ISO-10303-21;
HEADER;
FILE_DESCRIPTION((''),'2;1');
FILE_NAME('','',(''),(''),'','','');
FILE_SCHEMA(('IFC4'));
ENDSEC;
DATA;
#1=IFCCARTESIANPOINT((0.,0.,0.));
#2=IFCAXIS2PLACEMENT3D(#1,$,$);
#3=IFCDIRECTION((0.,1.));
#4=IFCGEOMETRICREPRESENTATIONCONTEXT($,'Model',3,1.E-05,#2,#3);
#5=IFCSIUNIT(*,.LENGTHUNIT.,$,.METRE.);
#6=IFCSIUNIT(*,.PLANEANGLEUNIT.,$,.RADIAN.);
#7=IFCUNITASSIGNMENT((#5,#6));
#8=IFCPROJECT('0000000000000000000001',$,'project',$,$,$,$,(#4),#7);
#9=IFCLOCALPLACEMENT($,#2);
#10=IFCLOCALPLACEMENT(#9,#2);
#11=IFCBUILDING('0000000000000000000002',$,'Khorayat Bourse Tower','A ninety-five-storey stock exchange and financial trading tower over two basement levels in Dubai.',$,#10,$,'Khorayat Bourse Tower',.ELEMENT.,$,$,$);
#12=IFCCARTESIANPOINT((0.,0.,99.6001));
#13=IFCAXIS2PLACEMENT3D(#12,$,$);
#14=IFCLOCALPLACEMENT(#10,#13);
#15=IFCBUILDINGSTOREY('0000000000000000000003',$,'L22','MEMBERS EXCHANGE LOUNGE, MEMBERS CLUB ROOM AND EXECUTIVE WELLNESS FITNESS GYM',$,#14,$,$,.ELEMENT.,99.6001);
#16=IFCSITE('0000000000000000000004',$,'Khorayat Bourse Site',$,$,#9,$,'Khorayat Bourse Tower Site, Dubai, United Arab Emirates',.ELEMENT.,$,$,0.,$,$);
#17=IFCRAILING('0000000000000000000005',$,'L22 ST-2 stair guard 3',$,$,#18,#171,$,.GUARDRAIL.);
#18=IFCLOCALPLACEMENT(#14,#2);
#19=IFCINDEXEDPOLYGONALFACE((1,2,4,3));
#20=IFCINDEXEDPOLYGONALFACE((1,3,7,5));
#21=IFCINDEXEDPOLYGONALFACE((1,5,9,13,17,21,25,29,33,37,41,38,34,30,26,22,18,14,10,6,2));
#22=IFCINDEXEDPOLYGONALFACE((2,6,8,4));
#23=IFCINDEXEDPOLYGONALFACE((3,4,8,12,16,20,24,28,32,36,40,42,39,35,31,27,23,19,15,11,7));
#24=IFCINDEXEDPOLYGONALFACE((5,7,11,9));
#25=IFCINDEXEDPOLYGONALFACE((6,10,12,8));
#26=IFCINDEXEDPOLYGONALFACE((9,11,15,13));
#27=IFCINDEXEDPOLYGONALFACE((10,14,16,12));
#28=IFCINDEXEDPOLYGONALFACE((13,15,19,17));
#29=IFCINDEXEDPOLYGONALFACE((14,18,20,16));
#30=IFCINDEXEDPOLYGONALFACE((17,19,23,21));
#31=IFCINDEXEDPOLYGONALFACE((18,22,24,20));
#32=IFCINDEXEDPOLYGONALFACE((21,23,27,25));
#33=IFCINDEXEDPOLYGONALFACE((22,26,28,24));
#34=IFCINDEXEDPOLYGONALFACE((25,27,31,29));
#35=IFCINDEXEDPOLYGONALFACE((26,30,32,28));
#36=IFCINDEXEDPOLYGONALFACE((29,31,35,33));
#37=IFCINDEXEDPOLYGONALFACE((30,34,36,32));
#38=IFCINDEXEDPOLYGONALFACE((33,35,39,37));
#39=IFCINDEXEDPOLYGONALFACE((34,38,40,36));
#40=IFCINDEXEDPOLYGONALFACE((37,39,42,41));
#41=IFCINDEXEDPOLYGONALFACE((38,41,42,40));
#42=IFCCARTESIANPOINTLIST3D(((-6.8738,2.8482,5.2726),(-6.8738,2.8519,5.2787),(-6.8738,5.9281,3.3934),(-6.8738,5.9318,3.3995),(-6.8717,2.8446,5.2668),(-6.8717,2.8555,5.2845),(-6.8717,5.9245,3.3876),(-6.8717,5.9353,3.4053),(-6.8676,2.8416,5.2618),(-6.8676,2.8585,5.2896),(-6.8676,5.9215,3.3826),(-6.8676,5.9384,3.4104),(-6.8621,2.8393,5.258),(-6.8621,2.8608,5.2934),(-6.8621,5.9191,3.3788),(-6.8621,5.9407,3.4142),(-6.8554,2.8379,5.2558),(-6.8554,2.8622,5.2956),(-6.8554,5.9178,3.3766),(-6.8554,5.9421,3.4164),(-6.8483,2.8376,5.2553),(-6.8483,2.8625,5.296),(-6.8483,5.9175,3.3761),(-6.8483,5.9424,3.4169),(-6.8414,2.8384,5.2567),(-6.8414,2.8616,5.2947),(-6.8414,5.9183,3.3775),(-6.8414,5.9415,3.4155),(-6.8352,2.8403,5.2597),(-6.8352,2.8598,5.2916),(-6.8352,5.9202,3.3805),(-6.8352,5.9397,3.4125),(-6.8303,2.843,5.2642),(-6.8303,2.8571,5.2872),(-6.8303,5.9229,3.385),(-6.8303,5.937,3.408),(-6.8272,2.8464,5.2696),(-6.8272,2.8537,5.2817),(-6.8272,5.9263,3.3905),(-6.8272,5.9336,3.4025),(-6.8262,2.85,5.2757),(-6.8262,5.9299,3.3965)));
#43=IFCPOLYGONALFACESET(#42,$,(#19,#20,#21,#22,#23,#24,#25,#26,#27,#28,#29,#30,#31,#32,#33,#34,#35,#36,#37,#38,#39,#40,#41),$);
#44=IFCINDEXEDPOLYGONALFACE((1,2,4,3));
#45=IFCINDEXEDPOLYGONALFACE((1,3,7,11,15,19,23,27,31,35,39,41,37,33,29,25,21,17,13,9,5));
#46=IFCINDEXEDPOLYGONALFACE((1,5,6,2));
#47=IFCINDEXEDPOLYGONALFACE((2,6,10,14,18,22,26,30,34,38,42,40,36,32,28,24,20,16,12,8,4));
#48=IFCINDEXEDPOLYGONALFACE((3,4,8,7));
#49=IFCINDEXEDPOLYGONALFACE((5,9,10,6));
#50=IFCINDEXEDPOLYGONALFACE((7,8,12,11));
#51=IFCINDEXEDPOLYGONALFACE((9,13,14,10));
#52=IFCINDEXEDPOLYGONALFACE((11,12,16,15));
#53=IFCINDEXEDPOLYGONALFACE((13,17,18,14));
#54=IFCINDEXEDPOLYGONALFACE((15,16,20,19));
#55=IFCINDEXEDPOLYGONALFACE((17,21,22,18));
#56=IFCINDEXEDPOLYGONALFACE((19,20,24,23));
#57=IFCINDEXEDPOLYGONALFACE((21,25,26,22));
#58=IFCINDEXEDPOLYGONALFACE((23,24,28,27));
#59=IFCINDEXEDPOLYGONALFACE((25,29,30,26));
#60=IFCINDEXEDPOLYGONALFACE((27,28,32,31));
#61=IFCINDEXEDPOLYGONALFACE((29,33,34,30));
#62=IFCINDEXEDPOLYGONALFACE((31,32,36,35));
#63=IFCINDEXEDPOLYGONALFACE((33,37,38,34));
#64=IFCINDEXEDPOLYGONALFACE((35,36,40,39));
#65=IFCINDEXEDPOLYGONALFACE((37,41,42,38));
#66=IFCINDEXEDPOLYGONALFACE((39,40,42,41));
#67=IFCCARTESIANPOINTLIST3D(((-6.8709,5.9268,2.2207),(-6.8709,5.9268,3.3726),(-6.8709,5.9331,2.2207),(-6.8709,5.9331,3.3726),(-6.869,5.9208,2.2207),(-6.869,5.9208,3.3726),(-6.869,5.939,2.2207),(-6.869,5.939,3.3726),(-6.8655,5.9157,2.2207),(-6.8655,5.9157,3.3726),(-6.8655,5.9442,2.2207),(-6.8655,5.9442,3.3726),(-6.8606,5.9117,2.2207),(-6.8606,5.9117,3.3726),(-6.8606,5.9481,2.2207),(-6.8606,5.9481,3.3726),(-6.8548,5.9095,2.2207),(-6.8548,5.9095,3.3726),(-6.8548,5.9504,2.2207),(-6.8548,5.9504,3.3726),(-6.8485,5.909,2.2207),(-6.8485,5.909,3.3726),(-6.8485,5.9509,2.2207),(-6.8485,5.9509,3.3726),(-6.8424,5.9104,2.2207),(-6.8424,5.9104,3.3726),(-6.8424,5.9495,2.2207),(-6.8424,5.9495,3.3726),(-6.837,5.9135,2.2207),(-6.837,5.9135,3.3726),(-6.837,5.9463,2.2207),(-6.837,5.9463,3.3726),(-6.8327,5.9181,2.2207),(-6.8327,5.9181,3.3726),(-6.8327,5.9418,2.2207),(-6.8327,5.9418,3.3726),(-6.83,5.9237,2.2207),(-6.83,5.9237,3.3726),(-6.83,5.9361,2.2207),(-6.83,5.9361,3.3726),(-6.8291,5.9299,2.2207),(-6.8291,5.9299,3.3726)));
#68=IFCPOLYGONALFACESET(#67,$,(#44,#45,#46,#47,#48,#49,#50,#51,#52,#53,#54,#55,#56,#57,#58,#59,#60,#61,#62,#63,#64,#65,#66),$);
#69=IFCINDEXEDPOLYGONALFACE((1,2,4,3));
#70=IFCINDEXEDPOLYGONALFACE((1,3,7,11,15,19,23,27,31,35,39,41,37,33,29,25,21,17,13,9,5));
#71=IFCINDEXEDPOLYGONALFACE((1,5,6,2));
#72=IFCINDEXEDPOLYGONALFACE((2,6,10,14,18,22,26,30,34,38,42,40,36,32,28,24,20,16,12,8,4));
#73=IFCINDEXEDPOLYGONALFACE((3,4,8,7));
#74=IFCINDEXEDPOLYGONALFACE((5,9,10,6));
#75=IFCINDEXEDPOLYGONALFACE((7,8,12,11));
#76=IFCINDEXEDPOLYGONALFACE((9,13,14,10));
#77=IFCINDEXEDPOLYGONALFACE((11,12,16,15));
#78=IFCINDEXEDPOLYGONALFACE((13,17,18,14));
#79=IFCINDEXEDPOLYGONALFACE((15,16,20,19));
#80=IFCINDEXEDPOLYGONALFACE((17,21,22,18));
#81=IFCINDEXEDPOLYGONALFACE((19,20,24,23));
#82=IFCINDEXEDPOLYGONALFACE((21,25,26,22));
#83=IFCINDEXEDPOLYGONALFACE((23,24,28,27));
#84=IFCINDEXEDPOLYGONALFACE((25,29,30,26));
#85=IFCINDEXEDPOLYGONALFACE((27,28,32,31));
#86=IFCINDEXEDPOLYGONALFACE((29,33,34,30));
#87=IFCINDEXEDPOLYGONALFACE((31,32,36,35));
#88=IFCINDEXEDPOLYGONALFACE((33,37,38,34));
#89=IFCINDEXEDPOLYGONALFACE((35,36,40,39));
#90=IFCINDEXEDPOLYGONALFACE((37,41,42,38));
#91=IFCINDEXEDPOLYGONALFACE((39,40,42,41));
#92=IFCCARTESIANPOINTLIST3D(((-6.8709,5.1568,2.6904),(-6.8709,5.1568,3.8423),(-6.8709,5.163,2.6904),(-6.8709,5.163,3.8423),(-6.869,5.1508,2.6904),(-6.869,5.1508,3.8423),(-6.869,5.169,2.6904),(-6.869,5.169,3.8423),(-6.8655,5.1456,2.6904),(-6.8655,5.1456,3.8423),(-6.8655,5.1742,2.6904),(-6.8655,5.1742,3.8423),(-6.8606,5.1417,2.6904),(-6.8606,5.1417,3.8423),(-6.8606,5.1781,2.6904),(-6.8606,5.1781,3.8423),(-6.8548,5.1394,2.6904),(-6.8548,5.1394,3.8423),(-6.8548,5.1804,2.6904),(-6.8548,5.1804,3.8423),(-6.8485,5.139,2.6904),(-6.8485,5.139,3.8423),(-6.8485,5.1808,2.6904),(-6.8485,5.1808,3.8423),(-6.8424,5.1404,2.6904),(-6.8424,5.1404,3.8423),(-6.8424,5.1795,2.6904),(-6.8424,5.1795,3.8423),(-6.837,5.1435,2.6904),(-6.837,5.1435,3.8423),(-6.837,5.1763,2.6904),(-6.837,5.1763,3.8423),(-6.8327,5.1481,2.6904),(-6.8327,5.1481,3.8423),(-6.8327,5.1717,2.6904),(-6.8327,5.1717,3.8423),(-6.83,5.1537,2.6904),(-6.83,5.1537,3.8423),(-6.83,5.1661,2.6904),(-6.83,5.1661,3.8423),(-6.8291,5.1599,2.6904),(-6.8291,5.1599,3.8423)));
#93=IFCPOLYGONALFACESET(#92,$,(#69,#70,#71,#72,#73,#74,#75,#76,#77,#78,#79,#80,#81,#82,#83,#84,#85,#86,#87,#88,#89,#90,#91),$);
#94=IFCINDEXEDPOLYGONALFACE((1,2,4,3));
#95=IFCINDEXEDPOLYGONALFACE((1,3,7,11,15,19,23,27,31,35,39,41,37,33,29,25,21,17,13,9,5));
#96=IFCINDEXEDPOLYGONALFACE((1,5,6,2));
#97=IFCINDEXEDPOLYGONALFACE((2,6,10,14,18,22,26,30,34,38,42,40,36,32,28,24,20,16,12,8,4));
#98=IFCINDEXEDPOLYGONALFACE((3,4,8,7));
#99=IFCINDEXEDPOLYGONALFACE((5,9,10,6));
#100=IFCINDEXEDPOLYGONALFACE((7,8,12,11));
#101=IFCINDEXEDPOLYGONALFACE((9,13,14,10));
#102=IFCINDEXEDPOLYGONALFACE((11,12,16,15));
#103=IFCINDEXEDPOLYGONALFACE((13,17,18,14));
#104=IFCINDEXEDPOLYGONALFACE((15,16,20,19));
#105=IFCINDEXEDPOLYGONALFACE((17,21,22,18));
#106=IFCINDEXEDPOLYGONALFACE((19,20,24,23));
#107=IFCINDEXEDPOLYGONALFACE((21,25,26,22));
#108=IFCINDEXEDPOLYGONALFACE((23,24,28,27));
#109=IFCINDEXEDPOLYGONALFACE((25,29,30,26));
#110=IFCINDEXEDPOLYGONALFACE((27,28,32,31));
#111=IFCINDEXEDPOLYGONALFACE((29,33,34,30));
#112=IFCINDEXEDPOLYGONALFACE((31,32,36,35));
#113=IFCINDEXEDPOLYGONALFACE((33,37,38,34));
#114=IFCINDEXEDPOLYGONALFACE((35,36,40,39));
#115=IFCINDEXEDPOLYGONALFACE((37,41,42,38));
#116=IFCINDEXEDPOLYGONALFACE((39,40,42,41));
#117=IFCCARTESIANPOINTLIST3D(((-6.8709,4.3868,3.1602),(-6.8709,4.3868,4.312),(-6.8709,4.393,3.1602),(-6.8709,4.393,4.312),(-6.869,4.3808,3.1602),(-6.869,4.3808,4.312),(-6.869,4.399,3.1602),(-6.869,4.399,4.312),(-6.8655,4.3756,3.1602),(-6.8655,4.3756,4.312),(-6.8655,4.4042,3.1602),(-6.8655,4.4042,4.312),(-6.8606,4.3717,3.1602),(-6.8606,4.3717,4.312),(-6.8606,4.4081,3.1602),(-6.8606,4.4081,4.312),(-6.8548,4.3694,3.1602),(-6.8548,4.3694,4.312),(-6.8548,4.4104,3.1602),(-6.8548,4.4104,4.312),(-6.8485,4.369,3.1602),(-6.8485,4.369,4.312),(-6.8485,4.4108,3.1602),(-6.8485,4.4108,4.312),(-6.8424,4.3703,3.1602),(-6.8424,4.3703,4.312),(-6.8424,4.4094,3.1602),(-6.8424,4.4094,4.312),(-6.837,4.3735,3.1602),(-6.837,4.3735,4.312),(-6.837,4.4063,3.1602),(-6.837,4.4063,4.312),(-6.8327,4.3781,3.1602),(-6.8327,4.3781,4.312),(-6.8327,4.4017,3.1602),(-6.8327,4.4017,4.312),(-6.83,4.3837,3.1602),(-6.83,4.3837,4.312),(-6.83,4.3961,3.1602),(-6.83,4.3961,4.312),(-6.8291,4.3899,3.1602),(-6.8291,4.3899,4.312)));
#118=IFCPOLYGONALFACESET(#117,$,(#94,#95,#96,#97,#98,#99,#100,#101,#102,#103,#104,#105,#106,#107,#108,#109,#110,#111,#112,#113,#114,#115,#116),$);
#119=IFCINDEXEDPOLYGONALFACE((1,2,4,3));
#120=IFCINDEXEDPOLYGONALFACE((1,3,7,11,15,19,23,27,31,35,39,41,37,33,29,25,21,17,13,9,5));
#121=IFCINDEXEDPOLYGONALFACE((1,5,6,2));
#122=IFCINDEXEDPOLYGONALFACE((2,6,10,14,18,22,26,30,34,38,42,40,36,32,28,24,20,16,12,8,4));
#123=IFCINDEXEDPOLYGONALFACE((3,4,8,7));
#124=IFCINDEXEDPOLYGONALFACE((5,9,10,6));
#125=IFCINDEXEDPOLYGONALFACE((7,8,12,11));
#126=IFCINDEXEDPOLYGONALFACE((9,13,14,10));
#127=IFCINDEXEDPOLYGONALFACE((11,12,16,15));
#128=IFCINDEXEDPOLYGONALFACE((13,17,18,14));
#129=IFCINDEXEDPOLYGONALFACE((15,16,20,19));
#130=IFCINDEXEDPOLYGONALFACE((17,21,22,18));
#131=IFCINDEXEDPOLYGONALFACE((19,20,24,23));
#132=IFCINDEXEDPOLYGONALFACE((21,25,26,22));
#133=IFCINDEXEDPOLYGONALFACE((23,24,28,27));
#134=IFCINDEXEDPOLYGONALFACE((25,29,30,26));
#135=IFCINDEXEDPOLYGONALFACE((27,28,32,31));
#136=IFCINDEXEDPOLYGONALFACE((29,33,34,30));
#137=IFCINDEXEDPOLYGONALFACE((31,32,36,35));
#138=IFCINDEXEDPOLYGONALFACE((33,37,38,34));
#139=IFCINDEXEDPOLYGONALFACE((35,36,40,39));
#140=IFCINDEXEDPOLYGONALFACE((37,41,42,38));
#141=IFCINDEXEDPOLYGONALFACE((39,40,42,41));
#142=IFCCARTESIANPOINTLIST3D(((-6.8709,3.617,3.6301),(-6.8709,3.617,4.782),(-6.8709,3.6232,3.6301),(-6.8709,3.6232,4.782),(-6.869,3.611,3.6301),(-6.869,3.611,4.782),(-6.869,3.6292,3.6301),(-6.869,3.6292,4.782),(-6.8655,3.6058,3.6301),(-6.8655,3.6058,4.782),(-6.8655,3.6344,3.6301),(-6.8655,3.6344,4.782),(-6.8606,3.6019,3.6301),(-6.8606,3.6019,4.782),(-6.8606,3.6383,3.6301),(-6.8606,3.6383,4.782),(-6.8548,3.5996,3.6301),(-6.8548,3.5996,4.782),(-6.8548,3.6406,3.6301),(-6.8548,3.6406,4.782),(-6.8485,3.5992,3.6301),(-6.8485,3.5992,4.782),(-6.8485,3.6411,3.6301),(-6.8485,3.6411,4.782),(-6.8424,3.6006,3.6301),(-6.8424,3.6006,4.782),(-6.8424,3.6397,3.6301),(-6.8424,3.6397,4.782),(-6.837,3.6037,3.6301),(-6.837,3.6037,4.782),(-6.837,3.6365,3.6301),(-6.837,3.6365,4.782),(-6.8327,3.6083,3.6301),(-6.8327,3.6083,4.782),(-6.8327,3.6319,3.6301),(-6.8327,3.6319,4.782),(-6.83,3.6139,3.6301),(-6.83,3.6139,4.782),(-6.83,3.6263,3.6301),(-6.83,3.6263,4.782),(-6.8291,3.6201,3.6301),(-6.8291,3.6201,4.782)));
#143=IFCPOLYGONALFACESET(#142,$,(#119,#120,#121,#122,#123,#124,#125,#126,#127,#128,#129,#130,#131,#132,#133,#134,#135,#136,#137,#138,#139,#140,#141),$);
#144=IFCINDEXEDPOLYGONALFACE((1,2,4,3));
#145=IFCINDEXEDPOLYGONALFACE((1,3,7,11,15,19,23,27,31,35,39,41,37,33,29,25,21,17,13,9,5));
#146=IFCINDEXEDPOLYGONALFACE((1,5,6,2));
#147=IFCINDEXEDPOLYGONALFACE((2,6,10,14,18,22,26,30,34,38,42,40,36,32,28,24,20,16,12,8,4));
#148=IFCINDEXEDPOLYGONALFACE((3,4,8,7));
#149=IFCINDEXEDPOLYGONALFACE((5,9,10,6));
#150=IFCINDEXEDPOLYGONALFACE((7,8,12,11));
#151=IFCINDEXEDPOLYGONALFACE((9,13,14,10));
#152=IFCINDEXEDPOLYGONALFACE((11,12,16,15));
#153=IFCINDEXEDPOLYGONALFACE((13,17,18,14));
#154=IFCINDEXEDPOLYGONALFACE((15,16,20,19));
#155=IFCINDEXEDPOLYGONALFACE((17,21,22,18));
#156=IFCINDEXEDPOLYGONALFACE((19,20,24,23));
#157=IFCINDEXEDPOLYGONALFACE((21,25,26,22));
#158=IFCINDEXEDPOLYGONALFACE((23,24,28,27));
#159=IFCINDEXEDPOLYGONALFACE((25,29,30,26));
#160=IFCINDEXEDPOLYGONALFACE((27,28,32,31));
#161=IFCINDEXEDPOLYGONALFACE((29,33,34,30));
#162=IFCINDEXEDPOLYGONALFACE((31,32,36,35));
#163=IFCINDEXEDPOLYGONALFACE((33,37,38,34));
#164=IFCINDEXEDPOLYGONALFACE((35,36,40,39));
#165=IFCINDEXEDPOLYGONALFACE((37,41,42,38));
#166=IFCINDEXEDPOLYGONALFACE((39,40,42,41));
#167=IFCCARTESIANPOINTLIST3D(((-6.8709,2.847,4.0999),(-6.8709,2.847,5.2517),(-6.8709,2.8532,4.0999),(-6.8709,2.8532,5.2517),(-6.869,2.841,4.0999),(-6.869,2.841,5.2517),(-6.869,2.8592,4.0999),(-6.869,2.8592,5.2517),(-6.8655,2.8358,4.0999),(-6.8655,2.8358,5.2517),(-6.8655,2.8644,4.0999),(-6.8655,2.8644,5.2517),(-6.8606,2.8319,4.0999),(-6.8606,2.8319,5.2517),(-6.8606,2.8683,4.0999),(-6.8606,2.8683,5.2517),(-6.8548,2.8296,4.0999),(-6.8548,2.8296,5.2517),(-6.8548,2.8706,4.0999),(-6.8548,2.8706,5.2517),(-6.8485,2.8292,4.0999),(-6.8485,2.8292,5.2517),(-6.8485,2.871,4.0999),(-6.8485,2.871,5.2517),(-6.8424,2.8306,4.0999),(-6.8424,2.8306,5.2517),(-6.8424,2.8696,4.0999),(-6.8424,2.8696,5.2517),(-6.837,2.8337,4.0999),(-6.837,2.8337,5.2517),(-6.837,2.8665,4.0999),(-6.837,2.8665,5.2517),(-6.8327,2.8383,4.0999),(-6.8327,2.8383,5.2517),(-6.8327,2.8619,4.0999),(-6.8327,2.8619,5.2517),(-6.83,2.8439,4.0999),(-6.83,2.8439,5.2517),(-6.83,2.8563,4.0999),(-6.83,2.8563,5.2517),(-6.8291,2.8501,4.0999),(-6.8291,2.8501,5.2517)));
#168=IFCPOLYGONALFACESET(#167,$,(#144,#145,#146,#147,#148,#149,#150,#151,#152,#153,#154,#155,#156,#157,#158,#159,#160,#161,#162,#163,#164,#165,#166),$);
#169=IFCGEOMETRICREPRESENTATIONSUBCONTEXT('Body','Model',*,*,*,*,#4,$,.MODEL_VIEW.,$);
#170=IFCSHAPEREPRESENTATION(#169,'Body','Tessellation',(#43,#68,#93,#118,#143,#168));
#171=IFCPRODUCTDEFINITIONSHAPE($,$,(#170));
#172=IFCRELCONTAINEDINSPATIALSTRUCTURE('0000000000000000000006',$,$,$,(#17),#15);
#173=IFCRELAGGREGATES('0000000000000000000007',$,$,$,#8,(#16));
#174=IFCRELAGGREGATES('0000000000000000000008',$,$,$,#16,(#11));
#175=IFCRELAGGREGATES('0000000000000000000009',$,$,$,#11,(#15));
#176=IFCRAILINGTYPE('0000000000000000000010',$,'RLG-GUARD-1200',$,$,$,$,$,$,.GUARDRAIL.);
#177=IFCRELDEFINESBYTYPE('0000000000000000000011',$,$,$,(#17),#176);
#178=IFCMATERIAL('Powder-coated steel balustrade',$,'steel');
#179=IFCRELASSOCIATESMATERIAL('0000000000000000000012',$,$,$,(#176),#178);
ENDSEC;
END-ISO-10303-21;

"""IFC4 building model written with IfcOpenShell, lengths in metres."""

from ifc_helpers import new_model, si_unit, direction, frame, origin, origin_2d, place, context, subcontext, project, spatial, circle, extrude, source, transform, mapped, material, type_object, element, save


model = new_model("IFC4")

# Units and contexts
model_context = context("Model", 3, precision=1e-05, world=origin(), true_north=direction((0.0, 1.0)))
body_context = subcontext(model_context, "Body", "Model", "MODEL_VIEW")
ifc_project = project(units=[si_unit("LENGTHUNIT", "METRE"), si_unit("PLANEANGLEUNIT", "RADIAN")], contexts=[model_context])

# Site, building, storey
site_placement = place(None, origin())
site = spatial("IfcSite", under=ifc_project, at=site_placement, Name="Khorayat Bourse Site", LongName="Khorayat Bourse Tower Site, Dubai, United Arab Emirates", CompositionType="ELEMENT", RefElevation=0.0)
building_placement = place(site_placement, origin())
building = spatial("IfcBuilding", under=site, at=building_placement, Name="Khorayat Bourse Tower", Description="A ninety-five-storey stock exchange and financial trading tower over two basement levels in Dubai.", LongName="Khorayat Bourse Tower", CompositionType="ELEMENT")
storey_placement = place(building_placement, frame((0.0, 0.0, 99.6001)))
storey = spatial("IfcBuildingStorey", under=building, at=storey_placement, Name="L22", Description="MEMBERS EXCHANGE LOUNGE, MEMBERS CLUB ROOM AND EXECUTIVE WELLNESS FITNESS GYM", CompositionType="ELEMENT", Elevation=99.6001)

# Railing
ifc_material_1 = material(Name="Powder-coated steel balustrade", Category="steel")
railing_type_1 = type_object("IfcRailingType", Name="RLG-GUARD-1200", PredefinedType="GUARDRAIL", material=ifc_material_1)
shared_shape_1 = source(origin(), body_context, "Body", "SweptSolid", [
    extrude(circle(Radius=0.0239, at=origin_2d()), frame((0.0, 0.0, 1.1758), z_axis=(0.0, -0.853648, 0.52085), x_axis=(1.0, 0.0, 0.0)), (0.0, 0.0, 1.0), 3.6079),
    extrude(circle(Radius=0.021, at=origin_2d()), origin(), (0.0, 0.0, 1.0), 1.1519),
    extrude(circle(Radius=0.021, at=origin_2d()), frame((0.0, -0.77, 0.4697)), (0.0, 0.0, 1.0), 1.1519),
    extrude(circle(Radius=0.021, at=origin_2d()), frame((0.0, -1.54, 0.9395)), (0.0, 0.0, 1.0), 1.1519),
    extrude(circle(Radius=0.021, at=origin_2d()), frame((0.0, -2.3098, 1.4094)), (0.0, 0.0, 1.0), 1.1519),
    extrude(circle(Radius=0.021, at=origin_2d()), frame((0.0, -3.0798, 1.8792)), (0.0, 0.0, 1.0), 1.1519),
])
railing_1_placement = place(storey_placement, frame((-6.8501, 5.9299, 2.2207)))
element("IfcRailing", 1, at=railing_1_placement, inside=storey, type_object=railing_type_1, Name="L22 ST-2 stair guard 3", PredefinedType="GUARDRAIL", context=body_context, shape_type="MappedRepresentation", body=[
    mapped(shared_shape_1, transform((0.0, 0.0, 0.0), scale=1.0)),
])

save(model, "model.ifc")
